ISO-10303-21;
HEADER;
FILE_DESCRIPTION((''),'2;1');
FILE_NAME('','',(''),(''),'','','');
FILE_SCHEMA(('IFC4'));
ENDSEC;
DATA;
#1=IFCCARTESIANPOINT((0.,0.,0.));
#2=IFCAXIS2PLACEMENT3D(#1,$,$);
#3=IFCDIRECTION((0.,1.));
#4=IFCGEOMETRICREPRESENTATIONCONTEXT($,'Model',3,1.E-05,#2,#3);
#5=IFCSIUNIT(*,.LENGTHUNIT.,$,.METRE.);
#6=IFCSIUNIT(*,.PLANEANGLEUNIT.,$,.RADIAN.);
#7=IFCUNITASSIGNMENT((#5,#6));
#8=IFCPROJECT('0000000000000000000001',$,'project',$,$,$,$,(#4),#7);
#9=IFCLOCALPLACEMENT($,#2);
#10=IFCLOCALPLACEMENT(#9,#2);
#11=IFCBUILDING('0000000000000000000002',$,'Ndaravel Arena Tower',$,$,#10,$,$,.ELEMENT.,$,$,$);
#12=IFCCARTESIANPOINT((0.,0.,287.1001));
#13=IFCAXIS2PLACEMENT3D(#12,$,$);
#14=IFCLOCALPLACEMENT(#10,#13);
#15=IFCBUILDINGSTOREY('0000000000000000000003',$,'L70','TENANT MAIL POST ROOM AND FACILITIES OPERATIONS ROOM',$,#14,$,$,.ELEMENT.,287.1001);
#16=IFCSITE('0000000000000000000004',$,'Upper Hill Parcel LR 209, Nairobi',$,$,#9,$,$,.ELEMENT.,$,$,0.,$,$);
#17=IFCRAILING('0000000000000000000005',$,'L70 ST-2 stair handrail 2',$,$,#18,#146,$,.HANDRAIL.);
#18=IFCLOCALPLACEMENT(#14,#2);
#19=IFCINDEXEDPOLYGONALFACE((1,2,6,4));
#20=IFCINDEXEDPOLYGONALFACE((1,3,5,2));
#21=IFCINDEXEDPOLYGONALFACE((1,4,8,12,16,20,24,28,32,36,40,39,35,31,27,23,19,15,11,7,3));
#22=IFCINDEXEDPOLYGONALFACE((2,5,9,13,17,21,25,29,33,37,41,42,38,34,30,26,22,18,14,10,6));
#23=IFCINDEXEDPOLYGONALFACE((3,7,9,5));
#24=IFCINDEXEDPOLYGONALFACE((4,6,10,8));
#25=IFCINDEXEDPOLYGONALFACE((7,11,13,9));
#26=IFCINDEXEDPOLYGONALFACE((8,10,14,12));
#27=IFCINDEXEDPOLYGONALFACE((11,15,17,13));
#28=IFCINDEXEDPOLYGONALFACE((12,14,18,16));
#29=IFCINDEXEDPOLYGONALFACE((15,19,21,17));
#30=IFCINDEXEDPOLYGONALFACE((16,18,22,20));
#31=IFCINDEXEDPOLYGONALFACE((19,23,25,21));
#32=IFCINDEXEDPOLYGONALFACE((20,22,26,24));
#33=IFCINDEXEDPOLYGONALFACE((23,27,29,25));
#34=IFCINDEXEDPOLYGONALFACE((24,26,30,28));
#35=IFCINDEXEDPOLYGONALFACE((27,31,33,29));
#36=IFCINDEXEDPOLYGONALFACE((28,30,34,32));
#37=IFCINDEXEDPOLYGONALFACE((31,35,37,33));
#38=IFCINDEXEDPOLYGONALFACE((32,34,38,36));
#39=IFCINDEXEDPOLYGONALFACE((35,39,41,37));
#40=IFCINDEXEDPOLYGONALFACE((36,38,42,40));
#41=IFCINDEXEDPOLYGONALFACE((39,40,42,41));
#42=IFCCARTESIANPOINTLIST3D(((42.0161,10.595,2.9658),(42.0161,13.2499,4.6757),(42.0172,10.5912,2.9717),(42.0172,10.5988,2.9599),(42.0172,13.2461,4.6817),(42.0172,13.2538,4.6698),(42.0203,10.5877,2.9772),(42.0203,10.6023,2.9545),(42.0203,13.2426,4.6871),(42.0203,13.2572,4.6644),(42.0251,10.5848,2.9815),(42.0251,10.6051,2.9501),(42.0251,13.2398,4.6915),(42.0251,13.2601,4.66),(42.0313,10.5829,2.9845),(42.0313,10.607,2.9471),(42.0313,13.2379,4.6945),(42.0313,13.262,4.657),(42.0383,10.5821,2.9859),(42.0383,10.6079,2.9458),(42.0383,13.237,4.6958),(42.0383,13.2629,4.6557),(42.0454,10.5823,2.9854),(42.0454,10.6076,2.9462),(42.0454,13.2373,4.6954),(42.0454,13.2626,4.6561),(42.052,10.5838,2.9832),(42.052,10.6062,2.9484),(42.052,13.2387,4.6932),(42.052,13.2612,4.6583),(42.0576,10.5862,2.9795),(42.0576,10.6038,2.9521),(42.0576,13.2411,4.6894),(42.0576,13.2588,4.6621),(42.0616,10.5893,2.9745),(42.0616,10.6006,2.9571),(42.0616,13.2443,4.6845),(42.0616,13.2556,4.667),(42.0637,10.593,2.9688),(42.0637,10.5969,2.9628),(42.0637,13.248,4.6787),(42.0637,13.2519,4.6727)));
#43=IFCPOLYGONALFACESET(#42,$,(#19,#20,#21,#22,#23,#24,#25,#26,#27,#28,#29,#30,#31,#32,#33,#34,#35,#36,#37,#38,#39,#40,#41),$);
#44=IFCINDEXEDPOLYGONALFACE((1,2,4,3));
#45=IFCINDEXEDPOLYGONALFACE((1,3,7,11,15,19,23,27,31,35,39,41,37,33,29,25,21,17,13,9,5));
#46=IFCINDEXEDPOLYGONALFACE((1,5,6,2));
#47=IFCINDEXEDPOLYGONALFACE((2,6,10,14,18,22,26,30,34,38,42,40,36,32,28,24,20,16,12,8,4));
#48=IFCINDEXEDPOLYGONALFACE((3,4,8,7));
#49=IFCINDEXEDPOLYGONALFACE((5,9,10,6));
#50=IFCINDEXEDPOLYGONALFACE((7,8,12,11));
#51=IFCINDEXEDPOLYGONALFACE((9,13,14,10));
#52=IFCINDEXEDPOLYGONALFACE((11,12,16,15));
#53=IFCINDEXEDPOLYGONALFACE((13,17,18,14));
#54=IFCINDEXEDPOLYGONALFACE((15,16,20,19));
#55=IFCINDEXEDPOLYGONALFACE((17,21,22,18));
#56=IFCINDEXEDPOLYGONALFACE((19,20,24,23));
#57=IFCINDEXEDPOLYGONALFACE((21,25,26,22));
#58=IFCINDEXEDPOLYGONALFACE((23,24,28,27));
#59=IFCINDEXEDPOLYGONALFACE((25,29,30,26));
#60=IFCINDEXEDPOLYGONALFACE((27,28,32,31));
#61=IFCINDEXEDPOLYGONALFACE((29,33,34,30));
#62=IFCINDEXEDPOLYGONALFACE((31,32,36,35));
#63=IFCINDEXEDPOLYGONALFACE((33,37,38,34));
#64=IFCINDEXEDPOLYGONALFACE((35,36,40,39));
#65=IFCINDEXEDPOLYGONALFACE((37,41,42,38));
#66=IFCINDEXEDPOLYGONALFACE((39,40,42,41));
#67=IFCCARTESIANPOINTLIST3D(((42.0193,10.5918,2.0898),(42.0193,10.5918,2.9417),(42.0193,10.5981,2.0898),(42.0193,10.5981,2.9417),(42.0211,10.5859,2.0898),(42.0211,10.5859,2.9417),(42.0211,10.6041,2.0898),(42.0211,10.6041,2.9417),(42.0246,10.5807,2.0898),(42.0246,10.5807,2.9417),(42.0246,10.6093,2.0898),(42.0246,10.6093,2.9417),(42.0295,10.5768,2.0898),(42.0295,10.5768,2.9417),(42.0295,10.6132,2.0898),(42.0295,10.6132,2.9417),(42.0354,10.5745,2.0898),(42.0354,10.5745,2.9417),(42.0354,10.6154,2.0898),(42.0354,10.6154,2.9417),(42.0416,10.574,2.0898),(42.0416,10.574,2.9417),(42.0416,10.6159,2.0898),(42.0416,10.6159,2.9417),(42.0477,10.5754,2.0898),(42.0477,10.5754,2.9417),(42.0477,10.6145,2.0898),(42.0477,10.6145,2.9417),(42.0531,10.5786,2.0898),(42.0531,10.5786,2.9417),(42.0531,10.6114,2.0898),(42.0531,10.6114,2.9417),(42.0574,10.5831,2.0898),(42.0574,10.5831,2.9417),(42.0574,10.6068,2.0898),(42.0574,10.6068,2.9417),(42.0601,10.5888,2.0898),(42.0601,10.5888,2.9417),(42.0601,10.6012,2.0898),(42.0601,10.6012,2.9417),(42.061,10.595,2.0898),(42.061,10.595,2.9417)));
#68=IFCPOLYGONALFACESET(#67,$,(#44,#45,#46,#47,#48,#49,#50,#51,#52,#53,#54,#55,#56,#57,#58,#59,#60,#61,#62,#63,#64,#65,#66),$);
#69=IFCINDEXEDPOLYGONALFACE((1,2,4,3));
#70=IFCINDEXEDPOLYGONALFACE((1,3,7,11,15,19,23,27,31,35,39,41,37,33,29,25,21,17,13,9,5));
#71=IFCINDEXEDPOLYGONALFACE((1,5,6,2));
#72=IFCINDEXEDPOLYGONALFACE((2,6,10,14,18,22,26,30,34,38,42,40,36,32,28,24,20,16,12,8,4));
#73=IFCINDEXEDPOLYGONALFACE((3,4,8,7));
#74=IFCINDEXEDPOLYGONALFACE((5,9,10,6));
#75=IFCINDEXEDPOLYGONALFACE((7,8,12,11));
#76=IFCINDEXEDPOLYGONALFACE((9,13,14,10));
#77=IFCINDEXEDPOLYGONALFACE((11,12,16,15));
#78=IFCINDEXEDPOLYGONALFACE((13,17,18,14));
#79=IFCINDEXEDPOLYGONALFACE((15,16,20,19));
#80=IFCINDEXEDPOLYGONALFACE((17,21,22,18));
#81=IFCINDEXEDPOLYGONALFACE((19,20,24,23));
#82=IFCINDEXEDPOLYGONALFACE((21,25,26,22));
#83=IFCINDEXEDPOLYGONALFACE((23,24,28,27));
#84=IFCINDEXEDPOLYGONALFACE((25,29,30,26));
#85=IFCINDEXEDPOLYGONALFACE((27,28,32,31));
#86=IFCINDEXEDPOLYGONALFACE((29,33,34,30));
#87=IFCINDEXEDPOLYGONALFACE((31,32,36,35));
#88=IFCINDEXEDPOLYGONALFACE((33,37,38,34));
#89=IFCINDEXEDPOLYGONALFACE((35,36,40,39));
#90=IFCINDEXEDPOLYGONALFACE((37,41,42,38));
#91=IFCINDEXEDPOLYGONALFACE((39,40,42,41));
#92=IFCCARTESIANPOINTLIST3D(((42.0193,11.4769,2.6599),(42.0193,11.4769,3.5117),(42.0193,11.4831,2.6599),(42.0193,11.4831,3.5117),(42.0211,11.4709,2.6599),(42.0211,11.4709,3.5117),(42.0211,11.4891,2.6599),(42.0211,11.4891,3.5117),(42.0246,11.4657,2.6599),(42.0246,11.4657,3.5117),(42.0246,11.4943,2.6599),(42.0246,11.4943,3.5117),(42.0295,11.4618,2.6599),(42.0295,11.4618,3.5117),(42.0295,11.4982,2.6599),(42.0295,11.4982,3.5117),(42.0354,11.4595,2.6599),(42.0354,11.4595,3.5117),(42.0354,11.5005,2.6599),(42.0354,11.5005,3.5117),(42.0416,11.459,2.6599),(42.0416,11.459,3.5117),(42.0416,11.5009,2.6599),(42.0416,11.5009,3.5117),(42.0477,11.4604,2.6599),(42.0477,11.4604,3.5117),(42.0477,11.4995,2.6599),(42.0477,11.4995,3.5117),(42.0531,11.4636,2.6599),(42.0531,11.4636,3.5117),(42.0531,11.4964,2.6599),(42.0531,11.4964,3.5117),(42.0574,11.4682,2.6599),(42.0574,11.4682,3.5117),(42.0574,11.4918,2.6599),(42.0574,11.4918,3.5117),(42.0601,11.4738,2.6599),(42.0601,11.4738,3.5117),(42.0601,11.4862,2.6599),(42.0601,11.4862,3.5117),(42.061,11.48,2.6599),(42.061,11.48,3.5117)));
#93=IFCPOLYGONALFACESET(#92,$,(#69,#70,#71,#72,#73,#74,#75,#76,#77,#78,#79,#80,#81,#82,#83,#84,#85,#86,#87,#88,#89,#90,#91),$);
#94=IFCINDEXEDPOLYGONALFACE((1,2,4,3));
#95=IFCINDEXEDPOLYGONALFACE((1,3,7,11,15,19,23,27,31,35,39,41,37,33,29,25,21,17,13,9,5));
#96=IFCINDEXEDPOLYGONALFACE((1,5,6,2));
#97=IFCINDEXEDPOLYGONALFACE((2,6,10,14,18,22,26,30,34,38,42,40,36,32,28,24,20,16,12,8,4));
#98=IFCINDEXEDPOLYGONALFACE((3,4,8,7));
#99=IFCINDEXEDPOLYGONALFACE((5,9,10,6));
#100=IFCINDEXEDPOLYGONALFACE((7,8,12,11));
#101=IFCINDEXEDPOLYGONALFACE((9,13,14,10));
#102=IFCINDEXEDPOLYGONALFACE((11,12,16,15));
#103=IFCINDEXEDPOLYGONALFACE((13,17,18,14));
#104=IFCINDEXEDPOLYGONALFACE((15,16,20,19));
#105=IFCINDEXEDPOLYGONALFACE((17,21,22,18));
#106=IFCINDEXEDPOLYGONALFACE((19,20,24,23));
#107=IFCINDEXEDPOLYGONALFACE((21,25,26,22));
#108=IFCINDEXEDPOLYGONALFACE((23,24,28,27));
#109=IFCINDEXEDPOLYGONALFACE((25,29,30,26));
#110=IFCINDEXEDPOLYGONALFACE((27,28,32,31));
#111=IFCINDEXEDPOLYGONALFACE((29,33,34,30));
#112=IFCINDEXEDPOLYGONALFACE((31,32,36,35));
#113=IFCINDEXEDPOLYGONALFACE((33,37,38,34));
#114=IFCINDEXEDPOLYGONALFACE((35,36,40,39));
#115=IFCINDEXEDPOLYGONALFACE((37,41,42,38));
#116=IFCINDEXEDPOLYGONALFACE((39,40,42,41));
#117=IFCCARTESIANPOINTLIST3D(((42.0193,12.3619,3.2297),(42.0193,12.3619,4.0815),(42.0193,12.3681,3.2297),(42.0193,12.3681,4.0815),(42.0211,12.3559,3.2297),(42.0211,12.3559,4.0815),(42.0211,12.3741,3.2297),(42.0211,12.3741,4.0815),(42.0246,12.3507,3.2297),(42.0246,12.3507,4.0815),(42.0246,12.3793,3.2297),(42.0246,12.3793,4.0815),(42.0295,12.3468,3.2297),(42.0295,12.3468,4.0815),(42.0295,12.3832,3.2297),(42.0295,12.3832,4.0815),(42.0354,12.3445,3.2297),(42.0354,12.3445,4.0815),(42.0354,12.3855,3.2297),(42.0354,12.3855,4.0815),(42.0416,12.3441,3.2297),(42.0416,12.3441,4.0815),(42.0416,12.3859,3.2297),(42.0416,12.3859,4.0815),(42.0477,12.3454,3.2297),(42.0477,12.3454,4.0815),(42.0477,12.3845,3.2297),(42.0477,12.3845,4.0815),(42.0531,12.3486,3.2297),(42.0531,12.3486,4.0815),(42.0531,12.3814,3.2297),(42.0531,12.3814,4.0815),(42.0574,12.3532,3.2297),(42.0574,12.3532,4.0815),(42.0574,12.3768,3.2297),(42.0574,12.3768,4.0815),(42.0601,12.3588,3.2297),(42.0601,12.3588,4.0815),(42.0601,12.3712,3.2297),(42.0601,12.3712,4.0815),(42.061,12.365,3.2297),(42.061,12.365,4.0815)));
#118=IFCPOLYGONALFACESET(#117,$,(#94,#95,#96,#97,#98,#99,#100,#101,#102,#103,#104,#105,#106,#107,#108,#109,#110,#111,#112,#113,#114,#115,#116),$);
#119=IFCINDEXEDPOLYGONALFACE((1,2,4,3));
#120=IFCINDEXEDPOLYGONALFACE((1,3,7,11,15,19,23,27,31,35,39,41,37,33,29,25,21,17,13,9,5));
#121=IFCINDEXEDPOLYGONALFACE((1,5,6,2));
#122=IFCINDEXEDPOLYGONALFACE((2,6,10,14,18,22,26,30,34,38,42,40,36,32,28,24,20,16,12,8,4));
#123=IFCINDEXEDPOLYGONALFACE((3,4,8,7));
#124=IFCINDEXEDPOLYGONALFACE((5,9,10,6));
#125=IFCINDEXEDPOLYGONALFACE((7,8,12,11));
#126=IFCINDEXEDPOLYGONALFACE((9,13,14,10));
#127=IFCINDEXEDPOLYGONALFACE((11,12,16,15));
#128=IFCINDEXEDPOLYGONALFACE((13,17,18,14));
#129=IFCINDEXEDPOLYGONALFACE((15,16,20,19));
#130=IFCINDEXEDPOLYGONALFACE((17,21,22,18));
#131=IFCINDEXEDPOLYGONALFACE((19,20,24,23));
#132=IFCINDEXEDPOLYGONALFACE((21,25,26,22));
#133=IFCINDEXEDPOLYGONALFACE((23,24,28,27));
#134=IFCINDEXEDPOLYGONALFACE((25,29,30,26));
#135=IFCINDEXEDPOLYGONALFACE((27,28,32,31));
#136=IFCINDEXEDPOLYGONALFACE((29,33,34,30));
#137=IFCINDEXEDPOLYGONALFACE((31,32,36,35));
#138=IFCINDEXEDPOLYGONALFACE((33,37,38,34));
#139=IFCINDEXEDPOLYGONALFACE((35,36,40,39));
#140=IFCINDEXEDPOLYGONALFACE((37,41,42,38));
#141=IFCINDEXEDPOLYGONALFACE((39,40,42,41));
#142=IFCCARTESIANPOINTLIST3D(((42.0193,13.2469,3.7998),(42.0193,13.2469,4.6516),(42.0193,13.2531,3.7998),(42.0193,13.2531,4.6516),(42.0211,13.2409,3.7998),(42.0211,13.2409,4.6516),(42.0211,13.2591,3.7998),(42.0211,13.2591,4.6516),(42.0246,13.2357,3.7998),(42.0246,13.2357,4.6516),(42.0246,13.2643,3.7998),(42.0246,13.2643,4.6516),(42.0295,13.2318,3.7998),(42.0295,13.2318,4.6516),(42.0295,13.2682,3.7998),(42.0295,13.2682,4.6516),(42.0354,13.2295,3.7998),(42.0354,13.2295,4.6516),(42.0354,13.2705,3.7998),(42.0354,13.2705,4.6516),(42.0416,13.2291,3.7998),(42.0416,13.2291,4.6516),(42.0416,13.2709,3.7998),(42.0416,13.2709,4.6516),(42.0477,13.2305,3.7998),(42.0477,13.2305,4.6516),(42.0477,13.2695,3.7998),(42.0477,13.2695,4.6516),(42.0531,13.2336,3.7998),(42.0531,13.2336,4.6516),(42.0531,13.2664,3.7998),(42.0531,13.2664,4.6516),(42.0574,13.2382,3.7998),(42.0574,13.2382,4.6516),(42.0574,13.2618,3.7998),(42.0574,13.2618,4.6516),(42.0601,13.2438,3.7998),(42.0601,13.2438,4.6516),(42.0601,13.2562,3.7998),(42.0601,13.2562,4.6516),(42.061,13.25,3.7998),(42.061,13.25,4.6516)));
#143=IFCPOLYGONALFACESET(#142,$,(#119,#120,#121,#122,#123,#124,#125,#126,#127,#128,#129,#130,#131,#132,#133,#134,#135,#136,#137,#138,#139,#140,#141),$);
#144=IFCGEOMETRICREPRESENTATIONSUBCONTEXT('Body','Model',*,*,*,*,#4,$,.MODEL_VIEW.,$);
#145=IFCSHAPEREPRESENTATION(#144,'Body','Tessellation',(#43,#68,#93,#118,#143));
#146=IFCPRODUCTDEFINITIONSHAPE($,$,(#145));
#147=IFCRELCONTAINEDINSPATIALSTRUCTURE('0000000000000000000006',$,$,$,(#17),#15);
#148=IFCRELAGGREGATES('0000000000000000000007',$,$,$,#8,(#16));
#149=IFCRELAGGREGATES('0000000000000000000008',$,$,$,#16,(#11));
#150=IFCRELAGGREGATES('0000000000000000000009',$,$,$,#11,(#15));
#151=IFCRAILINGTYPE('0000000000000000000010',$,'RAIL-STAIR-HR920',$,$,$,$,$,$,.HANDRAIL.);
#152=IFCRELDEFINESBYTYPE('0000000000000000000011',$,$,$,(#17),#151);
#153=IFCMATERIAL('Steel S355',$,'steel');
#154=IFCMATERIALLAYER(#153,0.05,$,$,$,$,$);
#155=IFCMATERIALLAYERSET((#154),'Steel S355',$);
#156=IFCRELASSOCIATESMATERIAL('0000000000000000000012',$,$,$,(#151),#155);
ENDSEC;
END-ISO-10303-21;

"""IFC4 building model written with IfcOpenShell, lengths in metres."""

from ifc_helpers import new_model, si_unit, direction, frame, origin, origin_2d, place, context, subcontext, project, spatial, circle, extrude, material, layer, layer_set, type_object, element, save


model = new_model("IFC4")

# Units and contexts
model_context = context("Model", 3, precision=1e-05, world=origin(), true_north=direction((0.0, 1.0)))
body_context = subcontext(model_context, "Body", "Model", "MODEL_VIEW")
ifc_project = project(units=[si_unit("LENGTHUNIT", "METRE"), si_unit("PLANEANGLEUNIT", "RADIAN")], contexts=[model_context])

# Site, building, storey
site_placement = place(None, origin())
site = spatial("IfcSite", under=ifc_project, at=site_placement, Name="Upper Hill Parcel LR 209, Nairobi", CompositionType="ELEMENT", RefElevation=0.0)
building_placement = place(site_placement, origin())
building = spatial("IfcBuilding", under=site, at=building_placement, Name="Ndaravel Arena Tower", CompositionType="ELEMENT")
storey_placement = place(building_placement, frame((0.0, 0.0, 287.1001)))
storey = spatial("IfcBuildingStorey", under=building, at=storey_placement, Name="L70", Description="TENANT MAIL POST ROOM AND FACILITIES OPERATIONS ROOM", CompositionType="ELEMENT", Elevation=287.1001)

# Railing
ifc_material_1 = material(Name="Steel S355", Category="steel")
ifc_layer_1 = layer(ifc_material_1, 0.05)
ifc_layer_set_1 = layer_set([ifc_layer_1], Name="Steel S355")
railing_type_1 = type_object("IfcRailingType", Name="RAIL-STAIR-HR920", PredefinedType="HANDRAIL", material=ifc_layer_set_1)
railing_1_placement = place(storey_placement, frame((42.04, 10.595, 2.0898)))
element("IfcRailing", 1, at=railing_1_placement, inside=storey, type_object=railing_type_1, Name="L70 ST-2 stair handrail 2", PredefinedType="HANDRAIL", context=body_context, shape_type="SweptSolid", body=[
    extrude(circle(Radius=0.0239, at=origin_2d()), frame((0.0, 0.0, 0.876), z_axis=(0.0, 0.840724, 0.541465), x_axis=(-1.0, 0.0, 0.0)), (0.0, 0.0, 1.0), 3.158),
    extrude(circle(Radius=0.021, at=origin_2d()), origin(), (0.0, 0.0, 1.0), 0.8518),
    extrude(circle(Radius=0.021, at=origin_2d()), frame((0.0, 0.885, 0.5701)), (0.0, 0.0, 1.0), 0.8518),
    extrude(circle(Radius=0.021, at=origin_2d()), frame((0.0, 1.77, 1.1399)), (0.0, 0.0, 1.0), 0.8518),
    extrude(circle(Radius=0.021, at=origin_2d()), frame((0.0, 2.655, 1.71)), (0.0, 0.0, 1.0), 0.8518),
])

save(model, "model.ifc")
